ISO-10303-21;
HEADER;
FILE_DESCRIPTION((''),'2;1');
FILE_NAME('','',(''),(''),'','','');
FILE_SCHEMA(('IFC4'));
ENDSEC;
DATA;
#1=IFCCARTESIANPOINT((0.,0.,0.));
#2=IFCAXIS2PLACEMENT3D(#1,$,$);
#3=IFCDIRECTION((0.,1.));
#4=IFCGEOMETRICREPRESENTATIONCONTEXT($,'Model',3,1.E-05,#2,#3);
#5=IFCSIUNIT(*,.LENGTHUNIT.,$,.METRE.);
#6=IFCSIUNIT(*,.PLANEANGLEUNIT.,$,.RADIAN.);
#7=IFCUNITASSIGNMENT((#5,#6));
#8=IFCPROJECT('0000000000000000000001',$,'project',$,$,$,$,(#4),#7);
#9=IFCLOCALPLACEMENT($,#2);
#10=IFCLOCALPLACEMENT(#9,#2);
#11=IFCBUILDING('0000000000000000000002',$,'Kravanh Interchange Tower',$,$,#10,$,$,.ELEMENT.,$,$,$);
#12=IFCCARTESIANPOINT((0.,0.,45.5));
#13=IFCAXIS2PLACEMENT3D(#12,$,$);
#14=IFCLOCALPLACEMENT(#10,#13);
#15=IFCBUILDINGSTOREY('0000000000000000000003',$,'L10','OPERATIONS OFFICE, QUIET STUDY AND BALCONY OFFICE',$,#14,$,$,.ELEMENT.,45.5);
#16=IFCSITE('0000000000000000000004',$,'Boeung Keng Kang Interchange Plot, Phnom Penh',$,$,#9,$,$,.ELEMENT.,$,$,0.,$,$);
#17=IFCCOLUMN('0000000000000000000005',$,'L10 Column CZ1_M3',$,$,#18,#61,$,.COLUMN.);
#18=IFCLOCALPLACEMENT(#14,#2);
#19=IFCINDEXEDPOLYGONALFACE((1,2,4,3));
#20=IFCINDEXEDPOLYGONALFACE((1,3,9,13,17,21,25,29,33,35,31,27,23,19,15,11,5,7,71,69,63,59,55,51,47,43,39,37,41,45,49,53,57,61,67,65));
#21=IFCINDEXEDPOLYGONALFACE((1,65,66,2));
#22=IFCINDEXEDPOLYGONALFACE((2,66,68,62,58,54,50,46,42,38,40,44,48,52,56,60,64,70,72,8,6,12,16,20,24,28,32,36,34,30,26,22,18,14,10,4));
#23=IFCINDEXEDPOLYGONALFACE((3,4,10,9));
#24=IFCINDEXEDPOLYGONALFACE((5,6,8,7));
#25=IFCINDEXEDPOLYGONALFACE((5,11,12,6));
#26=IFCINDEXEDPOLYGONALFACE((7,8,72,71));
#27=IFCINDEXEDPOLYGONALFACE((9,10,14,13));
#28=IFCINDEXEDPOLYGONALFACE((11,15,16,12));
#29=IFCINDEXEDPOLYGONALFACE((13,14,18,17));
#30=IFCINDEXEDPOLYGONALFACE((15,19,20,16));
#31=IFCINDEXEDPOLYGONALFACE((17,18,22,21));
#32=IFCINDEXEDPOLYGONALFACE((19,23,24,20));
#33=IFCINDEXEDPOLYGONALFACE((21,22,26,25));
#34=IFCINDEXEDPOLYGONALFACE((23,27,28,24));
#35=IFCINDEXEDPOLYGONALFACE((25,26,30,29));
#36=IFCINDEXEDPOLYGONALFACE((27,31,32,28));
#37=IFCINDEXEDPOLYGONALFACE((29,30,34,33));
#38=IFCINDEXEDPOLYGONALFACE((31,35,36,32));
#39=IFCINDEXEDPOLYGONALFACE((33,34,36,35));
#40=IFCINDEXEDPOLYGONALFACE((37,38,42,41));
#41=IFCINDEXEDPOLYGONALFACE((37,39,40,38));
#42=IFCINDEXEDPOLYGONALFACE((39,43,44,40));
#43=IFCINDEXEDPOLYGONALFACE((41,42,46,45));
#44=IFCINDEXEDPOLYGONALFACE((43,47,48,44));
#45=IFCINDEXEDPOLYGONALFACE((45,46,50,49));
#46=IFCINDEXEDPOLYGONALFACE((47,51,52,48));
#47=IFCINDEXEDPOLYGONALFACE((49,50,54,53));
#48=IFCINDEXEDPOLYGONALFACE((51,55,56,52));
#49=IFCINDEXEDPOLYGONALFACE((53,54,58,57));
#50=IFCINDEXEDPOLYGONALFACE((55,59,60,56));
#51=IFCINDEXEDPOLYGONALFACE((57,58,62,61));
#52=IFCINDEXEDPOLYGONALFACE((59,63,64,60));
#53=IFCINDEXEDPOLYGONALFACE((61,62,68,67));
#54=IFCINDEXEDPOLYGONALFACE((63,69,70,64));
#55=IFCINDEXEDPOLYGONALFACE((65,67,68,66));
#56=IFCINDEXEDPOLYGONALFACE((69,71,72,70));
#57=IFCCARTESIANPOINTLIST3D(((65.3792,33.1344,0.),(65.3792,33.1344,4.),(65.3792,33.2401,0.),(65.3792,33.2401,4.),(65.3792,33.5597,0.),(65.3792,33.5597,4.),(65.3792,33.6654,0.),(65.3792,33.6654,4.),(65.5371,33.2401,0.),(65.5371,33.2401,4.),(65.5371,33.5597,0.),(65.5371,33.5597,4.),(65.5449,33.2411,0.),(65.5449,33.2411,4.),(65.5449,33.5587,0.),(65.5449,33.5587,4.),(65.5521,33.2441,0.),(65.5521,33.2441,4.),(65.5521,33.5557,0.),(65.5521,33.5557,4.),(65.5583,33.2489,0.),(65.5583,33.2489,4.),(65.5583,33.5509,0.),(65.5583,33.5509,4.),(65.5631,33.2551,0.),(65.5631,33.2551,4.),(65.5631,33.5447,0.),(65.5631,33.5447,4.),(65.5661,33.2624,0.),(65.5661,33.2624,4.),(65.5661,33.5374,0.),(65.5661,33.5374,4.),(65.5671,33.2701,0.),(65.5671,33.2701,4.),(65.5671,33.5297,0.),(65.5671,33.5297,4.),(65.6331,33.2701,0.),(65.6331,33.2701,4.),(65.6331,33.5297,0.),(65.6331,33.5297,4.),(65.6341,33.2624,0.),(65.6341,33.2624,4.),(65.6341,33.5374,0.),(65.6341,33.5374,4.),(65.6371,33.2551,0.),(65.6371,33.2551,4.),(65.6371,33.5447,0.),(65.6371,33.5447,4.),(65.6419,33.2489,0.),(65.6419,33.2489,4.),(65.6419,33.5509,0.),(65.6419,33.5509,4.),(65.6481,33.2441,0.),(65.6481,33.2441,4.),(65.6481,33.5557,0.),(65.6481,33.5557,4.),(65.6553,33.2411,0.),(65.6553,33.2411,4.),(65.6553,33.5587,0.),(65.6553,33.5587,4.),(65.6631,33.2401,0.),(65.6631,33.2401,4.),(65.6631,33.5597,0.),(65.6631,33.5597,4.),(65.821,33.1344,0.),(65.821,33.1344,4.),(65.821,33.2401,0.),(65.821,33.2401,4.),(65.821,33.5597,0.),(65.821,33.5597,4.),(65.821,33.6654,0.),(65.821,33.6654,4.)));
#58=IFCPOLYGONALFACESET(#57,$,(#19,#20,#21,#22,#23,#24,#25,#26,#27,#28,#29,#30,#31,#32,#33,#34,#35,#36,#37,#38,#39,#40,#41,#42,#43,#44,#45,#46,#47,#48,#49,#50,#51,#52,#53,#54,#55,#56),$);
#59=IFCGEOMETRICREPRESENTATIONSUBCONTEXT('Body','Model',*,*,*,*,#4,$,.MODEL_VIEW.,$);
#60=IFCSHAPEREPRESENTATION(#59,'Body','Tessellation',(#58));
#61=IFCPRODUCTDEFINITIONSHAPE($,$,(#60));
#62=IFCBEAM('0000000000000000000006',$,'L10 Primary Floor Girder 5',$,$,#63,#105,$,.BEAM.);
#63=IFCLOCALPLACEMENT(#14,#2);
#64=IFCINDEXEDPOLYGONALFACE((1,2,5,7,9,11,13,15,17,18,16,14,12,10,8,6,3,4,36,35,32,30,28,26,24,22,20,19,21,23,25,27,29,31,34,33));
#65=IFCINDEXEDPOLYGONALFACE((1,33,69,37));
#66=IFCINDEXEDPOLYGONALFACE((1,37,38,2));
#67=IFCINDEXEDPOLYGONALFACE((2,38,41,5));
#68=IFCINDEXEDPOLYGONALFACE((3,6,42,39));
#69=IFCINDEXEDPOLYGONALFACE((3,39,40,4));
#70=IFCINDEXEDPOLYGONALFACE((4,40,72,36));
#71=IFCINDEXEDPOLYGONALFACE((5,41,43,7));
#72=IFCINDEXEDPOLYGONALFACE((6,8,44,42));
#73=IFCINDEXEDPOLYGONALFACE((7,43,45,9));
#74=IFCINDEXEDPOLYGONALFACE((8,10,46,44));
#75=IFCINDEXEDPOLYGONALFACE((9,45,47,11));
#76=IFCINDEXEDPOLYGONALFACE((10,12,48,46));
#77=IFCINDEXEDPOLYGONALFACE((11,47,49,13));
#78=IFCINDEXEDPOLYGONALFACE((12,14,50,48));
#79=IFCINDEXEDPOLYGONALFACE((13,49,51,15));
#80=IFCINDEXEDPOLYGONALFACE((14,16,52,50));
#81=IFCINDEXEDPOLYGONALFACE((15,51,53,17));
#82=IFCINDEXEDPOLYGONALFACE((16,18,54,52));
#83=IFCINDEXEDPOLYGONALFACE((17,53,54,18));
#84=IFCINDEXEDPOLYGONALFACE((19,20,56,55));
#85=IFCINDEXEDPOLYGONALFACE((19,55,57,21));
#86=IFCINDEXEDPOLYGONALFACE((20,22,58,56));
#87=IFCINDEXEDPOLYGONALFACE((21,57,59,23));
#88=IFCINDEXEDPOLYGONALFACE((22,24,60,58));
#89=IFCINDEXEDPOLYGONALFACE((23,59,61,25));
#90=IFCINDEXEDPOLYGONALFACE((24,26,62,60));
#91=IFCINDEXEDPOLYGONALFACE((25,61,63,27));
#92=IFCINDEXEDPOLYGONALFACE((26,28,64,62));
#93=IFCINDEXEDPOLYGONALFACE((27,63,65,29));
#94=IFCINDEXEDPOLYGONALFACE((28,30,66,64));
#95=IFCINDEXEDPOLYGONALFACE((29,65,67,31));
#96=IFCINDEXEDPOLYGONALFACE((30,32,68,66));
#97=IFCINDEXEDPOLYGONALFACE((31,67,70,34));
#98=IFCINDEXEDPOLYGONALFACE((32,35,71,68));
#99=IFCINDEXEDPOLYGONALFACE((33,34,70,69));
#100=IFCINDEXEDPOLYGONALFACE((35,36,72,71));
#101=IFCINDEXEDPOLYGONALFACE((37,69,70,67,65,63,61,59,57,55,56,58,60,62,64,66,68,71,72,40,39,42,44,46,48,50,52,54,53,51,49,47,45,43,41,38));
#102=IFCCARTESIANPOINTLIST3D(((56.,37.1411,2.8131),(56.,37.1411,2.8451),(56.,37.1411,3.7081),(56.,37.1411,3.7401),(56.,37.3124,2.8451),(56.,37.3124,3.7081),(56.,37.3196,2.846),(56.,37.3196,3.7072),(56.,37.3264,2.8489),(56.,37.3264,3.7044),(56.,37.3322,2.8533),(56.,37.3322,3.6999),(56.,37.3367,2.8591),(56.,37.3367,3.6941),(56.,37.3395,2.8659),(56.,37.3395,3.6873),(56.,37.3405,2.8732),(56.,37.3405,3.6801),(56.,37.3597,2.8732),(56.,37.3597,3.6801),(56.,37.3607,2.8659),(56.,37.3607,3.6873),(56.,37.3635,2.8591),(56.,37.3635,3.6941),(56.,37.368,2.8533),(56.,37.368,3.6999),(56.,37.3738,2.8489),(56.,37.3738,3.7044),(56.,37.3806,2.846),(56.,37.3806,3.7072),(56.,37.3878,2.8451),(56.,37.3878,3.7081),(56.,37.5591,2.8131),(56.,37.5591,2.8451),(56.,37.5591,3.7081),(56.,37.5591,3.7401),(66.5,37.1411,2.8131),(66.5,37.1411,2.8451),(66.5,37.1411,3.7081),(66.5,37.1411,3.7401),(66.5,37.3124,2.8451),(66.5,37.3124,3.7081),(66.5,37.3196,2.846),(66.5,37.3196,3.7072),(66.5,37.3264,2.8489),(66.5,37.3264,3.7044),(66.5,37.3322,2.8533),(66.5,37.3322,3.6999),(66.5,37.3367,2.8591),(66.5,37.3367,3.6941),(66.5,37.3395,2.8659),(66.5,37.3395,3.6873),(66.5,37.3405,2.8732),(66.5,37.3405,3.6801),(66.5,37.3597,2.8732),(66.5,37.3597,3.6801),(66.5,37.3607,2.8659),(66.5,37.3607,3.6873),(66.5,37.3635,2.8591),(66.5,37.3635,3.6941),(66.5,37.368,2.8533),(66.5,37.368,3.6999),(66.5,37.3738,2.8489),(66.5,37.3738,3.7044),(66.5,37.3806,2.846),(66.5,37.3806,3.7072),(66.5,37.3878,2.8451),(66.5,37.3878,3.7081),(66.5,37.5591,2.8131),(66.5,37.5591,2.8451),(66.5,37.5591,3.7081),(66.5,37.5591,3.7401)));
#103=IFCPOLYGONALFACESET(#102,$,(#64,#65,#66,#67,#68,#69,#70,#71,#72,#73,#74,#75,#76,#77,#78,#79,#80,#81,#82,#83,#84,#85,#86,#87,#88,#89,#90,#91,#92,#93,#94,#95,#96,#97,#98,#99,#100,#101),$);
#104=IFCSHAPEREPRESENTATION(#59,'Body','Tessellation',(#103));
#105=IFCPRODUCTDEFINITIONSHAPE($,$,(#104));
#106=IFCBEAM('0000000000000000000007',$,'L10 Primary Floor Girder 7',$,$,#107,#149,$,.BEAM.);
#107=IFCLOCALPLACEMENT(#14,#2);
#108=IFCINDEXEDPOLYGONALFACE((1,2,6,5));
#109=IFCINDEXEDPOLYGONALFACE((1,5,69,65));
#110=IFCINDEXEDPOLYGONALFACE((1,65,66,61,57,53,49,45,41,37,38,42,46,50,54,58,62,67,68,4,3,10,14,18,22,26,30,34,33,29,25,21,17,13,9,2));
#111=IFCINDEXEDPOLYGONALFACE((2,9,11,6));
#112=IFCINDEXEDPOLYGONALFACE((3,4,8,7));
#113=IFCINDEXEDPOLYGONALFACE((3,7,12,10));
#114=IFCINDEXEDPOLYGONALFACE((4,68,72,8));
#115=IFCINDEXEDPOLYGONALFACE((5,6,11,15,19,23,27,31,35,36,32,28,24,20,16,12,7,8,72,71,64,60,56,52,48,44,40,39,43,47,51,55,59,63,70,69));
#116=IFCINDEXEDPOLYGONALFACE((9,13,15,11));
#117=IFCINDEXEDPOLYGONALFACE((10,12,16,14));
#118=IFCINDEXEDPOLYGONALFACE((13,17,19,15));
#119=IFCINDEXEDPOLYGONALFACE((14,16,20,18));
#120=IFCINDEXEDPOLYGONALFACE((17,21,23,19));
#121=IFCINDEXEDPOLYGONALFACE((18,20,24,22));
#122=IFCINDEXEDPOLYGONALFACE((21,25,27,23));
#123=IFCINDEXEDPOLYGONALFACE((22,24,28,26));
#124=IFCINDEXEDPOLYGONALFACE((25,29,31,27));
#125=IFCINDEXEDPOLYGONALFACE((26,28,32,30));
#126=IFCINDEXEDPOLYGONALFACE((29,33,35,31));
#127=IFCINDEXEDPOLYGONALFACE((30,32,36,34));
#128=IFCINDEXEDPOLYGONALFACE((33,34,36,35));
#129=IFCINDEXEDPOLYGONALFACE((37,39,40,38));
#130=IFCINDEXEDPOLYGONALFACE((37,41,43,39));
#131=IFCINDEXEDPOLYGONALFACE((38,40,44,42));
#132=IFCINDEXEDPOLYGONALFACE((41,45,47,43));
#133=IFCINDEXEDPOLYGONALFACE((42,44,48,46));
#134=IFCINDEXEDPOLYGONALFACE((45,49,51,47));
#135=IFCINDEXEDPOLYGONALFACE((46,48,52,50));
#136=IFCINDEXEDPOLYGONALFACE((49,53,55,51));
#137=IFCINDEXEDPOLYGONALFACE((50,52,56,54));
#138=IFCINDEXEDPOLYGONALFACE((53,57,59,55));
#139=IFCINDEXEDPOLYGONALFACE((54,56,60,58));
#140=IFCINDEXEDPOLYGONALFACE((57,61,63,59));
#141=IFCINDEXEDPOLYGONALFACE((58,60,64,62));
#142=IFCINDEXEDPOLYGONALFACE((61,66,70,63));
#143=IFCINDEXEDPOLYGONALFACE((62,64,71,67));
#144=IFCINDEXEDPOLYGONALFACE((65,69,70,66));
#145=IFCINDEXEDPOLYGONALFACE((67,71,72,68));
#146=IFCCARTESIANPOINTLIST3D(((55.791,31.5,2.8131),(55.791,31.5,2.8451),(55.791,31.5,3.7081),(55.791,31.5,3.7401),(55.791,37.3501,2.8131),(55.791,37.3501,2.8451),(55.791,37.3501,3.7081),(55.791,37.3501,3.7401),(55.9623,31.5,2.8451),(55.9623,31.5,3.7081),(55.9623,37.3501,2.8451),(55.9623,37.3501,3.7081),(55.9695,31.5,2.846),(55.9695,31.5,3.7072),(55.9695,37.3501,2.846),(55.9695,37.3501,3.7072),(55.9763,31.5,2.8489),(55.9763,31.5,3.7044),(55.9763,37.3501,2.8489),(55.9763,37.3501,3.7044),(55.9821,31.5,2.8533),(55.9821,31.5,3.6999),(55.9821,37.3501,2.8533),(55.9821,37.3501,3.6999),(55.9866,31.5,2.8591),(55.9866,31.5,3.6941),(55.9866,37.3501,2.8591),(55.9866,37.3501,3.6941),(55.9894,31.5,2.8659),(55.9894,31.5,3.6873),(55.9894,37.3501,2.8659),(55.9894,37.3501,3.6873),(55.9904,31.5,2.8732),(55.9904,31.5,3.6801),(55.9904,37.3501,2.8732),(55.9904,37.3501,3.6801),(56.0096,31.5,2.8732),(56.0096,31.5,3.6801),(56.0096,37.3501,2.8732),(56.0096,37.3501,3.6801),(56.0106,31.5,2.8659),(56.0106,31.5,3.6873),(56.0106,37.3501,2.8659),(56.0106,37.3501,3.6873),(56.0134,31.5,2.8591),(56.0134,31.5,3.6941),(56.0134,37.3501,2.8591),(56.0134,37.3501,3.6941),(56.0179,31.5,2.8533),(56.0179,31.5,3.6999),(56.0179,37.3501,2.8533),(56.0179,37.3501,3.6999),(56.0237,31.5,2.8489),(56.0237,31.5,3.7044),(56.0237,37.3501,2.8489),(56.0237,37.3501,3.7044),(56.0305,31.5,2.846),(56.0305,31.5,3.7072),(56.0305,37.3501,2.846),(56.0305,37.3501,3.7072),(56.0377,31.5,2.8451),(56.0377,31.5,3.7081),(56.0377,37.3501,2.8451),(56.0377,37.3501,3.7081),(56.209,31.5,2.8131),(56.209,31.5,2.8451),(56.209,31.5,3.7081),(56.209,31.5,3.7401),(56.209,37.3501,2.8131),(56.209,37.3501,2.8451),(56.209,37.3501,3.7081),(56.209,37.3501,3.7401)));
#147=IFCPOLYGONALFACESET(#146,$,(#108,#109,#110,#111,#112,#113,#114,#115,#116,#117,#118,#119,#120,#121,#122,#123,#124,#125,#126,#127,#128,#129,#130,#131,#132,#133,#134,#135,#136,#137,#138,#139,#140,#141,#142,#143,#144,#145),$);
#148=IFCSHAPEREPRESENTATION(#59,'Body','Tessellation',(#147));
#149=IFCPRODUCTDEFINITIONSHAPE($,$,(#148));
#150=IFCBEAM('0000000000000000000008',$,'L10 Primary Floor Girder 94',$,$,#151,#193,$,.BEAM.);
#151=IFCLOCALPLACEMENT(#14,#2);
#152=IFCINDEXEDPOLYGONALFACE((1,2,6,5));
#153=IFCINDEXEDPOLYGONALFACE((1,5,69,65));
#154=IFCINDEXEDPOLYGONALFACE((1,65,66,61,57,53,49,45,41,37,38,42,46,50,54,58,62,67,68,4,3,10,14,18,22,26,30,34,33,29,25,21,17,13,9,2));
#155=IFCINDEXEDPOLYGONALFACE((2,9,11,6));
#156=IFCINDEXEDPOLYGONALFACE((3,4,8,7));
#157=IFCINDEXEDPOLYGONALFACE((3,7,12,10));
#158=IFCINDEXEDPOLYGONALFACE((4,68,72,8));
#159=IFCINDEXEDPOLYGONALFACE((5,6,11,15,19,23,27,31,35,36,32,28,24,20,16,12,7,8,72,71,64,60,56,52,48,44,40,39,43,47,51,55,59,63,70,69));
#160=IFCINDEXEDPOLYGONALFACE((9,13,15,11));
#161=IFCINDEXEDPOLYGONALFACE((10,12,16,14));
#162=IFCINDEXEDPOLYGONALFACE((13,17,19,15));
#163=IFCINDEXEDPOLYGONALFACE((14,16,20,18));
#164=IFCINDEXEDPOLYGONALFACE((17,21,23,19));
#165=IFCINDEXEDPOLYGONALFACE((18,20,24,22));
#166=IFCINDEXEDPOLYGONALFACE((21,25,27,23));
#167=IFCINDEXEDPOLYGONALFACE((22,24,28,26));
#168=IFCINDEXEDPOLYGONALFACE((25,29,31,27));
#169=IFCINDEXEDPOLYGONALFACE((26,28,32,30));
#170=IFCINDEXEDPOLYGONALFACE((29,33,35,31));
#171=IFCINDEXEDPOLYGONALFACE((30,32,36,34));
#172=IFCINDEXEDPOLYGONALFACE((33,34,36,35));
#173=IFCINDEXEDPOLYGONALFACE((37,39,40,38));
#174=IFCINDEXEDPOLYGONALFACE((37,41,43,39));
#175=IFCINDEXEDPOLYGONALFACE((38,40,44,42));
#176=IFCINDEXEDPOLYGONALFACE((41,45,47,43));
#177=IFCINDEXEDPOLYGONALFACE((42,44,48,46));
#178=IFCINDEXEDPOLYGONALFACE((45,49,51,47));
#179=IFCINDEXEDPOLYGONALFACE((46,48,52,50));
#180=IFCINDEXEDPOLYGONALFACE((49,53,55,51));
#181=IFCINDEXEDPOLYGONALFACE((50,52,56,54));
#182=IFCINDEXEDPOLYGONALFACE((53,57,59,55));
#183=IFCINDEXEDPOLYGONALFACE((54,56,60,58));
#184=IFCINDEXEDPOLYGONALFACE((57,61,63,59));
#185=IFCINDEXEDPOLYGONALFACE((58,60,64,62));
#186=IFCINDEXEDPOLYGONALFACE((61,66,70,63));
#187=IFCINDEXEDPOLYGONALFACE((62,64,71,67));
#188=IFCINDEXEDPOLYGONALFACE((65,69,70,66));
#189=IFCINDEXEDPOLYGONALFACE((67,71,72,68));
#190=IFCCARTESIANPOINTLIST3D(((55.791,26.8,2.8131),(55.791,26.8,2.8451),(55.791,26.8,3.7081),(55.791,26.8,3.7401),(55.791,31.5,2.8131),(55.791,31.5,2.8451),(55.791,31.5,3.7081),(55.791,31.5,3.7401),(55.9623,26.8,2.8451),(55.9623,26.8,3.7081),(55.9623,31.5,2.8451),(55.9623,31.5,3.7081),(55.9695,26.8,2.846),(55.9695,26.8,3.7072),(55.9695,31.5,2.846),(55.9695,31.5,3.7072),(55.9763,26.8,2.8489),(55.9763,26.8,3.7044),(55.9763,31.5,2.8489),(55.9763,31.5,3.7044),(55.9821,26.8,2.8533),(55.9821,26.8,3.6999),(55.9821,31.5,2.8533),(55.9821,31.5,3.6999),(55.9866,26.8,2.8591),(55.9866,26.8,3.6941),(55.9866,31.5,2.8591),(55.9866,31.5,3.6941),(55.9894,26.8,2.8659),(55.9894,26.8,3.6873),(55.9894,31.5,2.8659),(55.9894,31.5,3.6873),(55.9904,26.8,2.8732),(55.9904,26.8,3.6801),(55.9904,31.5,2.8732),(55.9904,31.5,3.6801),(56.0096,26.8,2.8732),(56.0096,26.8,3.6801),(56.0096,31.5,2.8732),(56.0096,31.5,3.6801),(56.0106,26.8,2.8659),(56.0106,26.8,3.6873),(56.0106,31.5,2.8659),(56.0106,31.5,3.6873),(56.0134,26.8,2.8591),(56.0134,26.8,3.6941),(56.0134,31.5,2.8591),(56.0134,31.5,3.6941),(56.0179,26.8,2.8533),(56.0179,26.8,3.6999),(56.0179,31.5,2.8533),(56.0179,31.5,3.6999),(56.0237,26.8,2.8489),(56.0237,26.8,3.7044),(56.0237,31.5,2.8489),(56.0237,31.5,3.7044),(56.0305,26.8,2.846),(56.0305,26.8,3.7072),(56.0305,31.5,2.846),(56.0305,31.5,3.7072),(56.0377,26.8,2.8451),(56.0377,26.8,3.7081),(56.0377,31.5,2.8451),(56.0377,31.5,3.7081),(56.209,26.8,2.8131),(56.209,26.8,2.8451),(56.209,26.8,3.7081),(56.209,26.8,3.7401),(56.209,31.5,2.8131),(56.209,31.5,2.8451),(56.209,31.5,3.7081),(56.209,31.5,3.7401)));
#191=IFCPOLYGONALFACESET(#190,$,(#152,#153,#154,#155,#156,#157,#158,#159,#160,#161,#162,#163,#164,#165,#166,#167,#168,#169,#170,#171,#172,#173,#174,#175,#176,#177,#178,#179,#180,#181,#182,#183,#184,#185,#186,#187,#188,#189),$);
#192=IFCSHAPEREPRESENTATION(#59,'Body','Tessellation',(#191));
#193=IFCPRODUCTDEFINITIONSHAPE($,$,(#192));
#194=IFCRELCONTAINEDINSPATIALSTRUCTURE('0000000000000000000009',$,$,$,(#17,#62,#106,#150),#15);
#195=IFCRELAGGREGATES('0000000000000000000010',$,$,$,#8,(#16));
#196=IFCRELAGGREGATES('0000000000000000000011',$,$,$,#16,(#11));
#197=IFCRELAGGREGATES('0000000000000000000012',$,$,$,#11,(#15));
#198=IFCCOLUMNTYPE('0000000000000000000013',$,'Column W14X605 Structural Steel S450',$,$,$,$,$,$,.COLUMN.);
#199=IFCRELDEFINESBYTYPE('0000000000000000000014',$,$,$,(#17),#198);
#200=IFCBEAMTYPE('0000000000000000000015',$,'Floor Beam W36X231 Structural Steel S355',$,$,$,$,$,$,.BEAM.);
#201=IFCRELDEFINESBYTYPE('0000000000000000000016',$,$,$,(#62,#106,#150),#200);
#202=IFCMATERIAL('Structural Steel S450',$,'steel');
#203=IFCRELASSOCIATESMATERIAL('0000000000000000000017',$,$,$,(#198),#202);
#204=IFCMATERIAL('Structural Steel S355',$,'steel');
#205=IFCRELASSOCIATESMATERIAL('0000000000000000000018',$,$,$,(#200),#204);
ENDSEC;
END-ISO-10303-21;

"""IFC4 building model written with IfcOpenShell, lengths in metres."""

from ifc_helpers import new_model, si_unit, direction, frame, origin, origin_2d, place, context, subcontext, project, spatial, i_section, extrude, material, material_profile, profile_set, type_object, element, save


model = new_model("IFC4")

# Units and contexts
model_context = context("Model", 3, precision=1e-05, world=origin(), true_north=direction((0.0, 1.0)))
body_context = subcontext(model_context, "Body", "Model", "MODEL_VIEW")
ifc_project = project(units=[si_unit("LENGTHUNIT", "METRE"), si_unit("PLANEANGLEUNIT", "RADIAN")], contexts=[model_context])

# Site, building, storey
site_placement = place(None, origin())
site = spatial("IfcSite", under=ifc_project, at=site_placement, Name="Boeung Keng Kang Interchange Plot, Phnom Penh", CompositionType="ELEMENT", RefElevation=0.0)
building_placement = place(site_placement, origin())
building = spatial("IfcBuilding", under=site, at=building_placement, Name="Kravanh Interchange Tower", CompositionType="ELEMENT")
storey_placement = place(building_placement, frame((0.0, 0.0, 45.5)))
storey = spatial("IfcBuildingStorey", under=building, at=storey_placement, Name="L10", Description="OPERATIONS OFFICE, QUIET STUDY AND BALCONY OFFICE", CompositionType="ELEMENT", Elevation=45.5)

# Column
ifc_material_1 = material(Name="Structural Steel S450", Category="steel")
ifc_material_profile_1 = material_profile(ifc_material_1, i_section(OverallWidth=0.4419, OverallDepth=0.531, WebThickness=0.0659, FlangeThickness=0.1057, FilletRadius=0.03, at=origin_2d()), Name="W14X605")
ifc_profile_set_1 = profile_set([ifc_material_profile_1], Name="Structural Steel S450")
column_type_1 = type_object("IfcColumnType", Name="Column W14X605 Structural Steel S450", PredefinedType="COLUMN", material=ifc_profile_set_1)
for number, where, z_axis, x_axis, name in (
    (1, (65.6001, 33.3999, 0.0), (0.0, 0.0, 1.0), (1.0, 0.0, 0.0), "L10 Column CZ1_M3"),
):
    element("IfcColumn", number, at=place(storey_placement, frame(where, z_axis=z_axis, x_axis=x_axis)), inside=storey, type_object=column_type_1, Name=name, PredefinedType="COLUMN", context=body_context, shape_type="SweptSolid", body=[
        extrude(i_section(OverallWidth=0.4419, OverallDepth=0.531, WebThickness=0.0659, FlangeThickness=0.1057, FilletRadius=0.03, at=origin_2d()), origin(), (0.0, 0.0, 1.0), 4.0),
    ])

# Beams
ifc_material_2 = material(Name="Structural Steel S355", Category="steel")
ifc_material_profile_2 = material_profile(ifc_material_2, i_section(OverallWidth=0.418, OverallDepth=0.927, WebThickness=0.0193, FlangeThickness=0.032, FilletRadius=0.0281, at=origin_2d()), Name="W36X231")
ifc_profile_set_2 = profile_set([ifc_material_profile_2], Name="Structural Steel S355")
beam_type_1 = type_object("IfcBeamType", Name="Floor Beam W36X231 Structural Steel S355", PredefinedType="BEAM", material=ifc_profile_set_2)
beam_1_placement = place(storey_placement, frame((66.5, 37.3501, 3.2766), z_axis=(-1.0, 0.0, 0.0), x_axis=(0.0, -1.0, 0.0)))
element("IfcBeam", 2, at=beam_1_placement, inside=storey, type_object=beam_type_1, Name="L10 Primary Floor Girder 5", PredefinedType="BEAM", context=body_context, shape_type="SweptSolid", body=[
    extrude(i_section(OverallWidth=0.418, OverallDepth=0.927, WebThickness=0.0193, FlangeThickness=0.032, FilletRadius=0.0281, at=origin_2d()), origin(), (0.0, 0.0, 1.0), 10.5),
])
beam_2_placement = place(storey_placement, frame((56.0, 37.3501, 3.2766), z_axis=(0.0, -1.0, 0.0), x_axis=(1.0, 0.0, 0.0)))
element("IfcBeam", 3, at=beam_2_placement, inside=storey, type_object=beam_type_1, Name="L10 Primary Floor Girder 7", PredefinedType="BEAM", context=body_context, shape_type="SweptSolid", body=[
    extrude(i_section(OverallWidth=0.418, OverallDepth=0.927, WebThickness=0.0193, FlangeThickness=0.032, FilletRadius=0.0281, at=origin_2d()), origin(), (0.0, 0.0, 1.0), 5.8501),
])
beam_3_placement = place(storey_placement, frame((56.0, 26.8, 3.2766), z_axis=(0.0, 1.0, 0.0), x_axis=(-1.0, 0.0, 0.0)))
element("IfcBeam", 4, at=beam_3_placement, inside=storey, type_object=beam_type_1, Name="L10 Primary Floor Girder 94", PredefinedType="BEAM", context=body_context, shape_type="SweptSolid", body=[
    extrude(i_section(OverallWidth=0.418, OverallDepth=0.927, WebThickness=0.0193, FlangeThickness=0.032, FilletRadius=0.0281, at=origin_2d()), origin(), (0.0, 0.0, 1.0), 4.7),
])

save(model, "model.ifc")
